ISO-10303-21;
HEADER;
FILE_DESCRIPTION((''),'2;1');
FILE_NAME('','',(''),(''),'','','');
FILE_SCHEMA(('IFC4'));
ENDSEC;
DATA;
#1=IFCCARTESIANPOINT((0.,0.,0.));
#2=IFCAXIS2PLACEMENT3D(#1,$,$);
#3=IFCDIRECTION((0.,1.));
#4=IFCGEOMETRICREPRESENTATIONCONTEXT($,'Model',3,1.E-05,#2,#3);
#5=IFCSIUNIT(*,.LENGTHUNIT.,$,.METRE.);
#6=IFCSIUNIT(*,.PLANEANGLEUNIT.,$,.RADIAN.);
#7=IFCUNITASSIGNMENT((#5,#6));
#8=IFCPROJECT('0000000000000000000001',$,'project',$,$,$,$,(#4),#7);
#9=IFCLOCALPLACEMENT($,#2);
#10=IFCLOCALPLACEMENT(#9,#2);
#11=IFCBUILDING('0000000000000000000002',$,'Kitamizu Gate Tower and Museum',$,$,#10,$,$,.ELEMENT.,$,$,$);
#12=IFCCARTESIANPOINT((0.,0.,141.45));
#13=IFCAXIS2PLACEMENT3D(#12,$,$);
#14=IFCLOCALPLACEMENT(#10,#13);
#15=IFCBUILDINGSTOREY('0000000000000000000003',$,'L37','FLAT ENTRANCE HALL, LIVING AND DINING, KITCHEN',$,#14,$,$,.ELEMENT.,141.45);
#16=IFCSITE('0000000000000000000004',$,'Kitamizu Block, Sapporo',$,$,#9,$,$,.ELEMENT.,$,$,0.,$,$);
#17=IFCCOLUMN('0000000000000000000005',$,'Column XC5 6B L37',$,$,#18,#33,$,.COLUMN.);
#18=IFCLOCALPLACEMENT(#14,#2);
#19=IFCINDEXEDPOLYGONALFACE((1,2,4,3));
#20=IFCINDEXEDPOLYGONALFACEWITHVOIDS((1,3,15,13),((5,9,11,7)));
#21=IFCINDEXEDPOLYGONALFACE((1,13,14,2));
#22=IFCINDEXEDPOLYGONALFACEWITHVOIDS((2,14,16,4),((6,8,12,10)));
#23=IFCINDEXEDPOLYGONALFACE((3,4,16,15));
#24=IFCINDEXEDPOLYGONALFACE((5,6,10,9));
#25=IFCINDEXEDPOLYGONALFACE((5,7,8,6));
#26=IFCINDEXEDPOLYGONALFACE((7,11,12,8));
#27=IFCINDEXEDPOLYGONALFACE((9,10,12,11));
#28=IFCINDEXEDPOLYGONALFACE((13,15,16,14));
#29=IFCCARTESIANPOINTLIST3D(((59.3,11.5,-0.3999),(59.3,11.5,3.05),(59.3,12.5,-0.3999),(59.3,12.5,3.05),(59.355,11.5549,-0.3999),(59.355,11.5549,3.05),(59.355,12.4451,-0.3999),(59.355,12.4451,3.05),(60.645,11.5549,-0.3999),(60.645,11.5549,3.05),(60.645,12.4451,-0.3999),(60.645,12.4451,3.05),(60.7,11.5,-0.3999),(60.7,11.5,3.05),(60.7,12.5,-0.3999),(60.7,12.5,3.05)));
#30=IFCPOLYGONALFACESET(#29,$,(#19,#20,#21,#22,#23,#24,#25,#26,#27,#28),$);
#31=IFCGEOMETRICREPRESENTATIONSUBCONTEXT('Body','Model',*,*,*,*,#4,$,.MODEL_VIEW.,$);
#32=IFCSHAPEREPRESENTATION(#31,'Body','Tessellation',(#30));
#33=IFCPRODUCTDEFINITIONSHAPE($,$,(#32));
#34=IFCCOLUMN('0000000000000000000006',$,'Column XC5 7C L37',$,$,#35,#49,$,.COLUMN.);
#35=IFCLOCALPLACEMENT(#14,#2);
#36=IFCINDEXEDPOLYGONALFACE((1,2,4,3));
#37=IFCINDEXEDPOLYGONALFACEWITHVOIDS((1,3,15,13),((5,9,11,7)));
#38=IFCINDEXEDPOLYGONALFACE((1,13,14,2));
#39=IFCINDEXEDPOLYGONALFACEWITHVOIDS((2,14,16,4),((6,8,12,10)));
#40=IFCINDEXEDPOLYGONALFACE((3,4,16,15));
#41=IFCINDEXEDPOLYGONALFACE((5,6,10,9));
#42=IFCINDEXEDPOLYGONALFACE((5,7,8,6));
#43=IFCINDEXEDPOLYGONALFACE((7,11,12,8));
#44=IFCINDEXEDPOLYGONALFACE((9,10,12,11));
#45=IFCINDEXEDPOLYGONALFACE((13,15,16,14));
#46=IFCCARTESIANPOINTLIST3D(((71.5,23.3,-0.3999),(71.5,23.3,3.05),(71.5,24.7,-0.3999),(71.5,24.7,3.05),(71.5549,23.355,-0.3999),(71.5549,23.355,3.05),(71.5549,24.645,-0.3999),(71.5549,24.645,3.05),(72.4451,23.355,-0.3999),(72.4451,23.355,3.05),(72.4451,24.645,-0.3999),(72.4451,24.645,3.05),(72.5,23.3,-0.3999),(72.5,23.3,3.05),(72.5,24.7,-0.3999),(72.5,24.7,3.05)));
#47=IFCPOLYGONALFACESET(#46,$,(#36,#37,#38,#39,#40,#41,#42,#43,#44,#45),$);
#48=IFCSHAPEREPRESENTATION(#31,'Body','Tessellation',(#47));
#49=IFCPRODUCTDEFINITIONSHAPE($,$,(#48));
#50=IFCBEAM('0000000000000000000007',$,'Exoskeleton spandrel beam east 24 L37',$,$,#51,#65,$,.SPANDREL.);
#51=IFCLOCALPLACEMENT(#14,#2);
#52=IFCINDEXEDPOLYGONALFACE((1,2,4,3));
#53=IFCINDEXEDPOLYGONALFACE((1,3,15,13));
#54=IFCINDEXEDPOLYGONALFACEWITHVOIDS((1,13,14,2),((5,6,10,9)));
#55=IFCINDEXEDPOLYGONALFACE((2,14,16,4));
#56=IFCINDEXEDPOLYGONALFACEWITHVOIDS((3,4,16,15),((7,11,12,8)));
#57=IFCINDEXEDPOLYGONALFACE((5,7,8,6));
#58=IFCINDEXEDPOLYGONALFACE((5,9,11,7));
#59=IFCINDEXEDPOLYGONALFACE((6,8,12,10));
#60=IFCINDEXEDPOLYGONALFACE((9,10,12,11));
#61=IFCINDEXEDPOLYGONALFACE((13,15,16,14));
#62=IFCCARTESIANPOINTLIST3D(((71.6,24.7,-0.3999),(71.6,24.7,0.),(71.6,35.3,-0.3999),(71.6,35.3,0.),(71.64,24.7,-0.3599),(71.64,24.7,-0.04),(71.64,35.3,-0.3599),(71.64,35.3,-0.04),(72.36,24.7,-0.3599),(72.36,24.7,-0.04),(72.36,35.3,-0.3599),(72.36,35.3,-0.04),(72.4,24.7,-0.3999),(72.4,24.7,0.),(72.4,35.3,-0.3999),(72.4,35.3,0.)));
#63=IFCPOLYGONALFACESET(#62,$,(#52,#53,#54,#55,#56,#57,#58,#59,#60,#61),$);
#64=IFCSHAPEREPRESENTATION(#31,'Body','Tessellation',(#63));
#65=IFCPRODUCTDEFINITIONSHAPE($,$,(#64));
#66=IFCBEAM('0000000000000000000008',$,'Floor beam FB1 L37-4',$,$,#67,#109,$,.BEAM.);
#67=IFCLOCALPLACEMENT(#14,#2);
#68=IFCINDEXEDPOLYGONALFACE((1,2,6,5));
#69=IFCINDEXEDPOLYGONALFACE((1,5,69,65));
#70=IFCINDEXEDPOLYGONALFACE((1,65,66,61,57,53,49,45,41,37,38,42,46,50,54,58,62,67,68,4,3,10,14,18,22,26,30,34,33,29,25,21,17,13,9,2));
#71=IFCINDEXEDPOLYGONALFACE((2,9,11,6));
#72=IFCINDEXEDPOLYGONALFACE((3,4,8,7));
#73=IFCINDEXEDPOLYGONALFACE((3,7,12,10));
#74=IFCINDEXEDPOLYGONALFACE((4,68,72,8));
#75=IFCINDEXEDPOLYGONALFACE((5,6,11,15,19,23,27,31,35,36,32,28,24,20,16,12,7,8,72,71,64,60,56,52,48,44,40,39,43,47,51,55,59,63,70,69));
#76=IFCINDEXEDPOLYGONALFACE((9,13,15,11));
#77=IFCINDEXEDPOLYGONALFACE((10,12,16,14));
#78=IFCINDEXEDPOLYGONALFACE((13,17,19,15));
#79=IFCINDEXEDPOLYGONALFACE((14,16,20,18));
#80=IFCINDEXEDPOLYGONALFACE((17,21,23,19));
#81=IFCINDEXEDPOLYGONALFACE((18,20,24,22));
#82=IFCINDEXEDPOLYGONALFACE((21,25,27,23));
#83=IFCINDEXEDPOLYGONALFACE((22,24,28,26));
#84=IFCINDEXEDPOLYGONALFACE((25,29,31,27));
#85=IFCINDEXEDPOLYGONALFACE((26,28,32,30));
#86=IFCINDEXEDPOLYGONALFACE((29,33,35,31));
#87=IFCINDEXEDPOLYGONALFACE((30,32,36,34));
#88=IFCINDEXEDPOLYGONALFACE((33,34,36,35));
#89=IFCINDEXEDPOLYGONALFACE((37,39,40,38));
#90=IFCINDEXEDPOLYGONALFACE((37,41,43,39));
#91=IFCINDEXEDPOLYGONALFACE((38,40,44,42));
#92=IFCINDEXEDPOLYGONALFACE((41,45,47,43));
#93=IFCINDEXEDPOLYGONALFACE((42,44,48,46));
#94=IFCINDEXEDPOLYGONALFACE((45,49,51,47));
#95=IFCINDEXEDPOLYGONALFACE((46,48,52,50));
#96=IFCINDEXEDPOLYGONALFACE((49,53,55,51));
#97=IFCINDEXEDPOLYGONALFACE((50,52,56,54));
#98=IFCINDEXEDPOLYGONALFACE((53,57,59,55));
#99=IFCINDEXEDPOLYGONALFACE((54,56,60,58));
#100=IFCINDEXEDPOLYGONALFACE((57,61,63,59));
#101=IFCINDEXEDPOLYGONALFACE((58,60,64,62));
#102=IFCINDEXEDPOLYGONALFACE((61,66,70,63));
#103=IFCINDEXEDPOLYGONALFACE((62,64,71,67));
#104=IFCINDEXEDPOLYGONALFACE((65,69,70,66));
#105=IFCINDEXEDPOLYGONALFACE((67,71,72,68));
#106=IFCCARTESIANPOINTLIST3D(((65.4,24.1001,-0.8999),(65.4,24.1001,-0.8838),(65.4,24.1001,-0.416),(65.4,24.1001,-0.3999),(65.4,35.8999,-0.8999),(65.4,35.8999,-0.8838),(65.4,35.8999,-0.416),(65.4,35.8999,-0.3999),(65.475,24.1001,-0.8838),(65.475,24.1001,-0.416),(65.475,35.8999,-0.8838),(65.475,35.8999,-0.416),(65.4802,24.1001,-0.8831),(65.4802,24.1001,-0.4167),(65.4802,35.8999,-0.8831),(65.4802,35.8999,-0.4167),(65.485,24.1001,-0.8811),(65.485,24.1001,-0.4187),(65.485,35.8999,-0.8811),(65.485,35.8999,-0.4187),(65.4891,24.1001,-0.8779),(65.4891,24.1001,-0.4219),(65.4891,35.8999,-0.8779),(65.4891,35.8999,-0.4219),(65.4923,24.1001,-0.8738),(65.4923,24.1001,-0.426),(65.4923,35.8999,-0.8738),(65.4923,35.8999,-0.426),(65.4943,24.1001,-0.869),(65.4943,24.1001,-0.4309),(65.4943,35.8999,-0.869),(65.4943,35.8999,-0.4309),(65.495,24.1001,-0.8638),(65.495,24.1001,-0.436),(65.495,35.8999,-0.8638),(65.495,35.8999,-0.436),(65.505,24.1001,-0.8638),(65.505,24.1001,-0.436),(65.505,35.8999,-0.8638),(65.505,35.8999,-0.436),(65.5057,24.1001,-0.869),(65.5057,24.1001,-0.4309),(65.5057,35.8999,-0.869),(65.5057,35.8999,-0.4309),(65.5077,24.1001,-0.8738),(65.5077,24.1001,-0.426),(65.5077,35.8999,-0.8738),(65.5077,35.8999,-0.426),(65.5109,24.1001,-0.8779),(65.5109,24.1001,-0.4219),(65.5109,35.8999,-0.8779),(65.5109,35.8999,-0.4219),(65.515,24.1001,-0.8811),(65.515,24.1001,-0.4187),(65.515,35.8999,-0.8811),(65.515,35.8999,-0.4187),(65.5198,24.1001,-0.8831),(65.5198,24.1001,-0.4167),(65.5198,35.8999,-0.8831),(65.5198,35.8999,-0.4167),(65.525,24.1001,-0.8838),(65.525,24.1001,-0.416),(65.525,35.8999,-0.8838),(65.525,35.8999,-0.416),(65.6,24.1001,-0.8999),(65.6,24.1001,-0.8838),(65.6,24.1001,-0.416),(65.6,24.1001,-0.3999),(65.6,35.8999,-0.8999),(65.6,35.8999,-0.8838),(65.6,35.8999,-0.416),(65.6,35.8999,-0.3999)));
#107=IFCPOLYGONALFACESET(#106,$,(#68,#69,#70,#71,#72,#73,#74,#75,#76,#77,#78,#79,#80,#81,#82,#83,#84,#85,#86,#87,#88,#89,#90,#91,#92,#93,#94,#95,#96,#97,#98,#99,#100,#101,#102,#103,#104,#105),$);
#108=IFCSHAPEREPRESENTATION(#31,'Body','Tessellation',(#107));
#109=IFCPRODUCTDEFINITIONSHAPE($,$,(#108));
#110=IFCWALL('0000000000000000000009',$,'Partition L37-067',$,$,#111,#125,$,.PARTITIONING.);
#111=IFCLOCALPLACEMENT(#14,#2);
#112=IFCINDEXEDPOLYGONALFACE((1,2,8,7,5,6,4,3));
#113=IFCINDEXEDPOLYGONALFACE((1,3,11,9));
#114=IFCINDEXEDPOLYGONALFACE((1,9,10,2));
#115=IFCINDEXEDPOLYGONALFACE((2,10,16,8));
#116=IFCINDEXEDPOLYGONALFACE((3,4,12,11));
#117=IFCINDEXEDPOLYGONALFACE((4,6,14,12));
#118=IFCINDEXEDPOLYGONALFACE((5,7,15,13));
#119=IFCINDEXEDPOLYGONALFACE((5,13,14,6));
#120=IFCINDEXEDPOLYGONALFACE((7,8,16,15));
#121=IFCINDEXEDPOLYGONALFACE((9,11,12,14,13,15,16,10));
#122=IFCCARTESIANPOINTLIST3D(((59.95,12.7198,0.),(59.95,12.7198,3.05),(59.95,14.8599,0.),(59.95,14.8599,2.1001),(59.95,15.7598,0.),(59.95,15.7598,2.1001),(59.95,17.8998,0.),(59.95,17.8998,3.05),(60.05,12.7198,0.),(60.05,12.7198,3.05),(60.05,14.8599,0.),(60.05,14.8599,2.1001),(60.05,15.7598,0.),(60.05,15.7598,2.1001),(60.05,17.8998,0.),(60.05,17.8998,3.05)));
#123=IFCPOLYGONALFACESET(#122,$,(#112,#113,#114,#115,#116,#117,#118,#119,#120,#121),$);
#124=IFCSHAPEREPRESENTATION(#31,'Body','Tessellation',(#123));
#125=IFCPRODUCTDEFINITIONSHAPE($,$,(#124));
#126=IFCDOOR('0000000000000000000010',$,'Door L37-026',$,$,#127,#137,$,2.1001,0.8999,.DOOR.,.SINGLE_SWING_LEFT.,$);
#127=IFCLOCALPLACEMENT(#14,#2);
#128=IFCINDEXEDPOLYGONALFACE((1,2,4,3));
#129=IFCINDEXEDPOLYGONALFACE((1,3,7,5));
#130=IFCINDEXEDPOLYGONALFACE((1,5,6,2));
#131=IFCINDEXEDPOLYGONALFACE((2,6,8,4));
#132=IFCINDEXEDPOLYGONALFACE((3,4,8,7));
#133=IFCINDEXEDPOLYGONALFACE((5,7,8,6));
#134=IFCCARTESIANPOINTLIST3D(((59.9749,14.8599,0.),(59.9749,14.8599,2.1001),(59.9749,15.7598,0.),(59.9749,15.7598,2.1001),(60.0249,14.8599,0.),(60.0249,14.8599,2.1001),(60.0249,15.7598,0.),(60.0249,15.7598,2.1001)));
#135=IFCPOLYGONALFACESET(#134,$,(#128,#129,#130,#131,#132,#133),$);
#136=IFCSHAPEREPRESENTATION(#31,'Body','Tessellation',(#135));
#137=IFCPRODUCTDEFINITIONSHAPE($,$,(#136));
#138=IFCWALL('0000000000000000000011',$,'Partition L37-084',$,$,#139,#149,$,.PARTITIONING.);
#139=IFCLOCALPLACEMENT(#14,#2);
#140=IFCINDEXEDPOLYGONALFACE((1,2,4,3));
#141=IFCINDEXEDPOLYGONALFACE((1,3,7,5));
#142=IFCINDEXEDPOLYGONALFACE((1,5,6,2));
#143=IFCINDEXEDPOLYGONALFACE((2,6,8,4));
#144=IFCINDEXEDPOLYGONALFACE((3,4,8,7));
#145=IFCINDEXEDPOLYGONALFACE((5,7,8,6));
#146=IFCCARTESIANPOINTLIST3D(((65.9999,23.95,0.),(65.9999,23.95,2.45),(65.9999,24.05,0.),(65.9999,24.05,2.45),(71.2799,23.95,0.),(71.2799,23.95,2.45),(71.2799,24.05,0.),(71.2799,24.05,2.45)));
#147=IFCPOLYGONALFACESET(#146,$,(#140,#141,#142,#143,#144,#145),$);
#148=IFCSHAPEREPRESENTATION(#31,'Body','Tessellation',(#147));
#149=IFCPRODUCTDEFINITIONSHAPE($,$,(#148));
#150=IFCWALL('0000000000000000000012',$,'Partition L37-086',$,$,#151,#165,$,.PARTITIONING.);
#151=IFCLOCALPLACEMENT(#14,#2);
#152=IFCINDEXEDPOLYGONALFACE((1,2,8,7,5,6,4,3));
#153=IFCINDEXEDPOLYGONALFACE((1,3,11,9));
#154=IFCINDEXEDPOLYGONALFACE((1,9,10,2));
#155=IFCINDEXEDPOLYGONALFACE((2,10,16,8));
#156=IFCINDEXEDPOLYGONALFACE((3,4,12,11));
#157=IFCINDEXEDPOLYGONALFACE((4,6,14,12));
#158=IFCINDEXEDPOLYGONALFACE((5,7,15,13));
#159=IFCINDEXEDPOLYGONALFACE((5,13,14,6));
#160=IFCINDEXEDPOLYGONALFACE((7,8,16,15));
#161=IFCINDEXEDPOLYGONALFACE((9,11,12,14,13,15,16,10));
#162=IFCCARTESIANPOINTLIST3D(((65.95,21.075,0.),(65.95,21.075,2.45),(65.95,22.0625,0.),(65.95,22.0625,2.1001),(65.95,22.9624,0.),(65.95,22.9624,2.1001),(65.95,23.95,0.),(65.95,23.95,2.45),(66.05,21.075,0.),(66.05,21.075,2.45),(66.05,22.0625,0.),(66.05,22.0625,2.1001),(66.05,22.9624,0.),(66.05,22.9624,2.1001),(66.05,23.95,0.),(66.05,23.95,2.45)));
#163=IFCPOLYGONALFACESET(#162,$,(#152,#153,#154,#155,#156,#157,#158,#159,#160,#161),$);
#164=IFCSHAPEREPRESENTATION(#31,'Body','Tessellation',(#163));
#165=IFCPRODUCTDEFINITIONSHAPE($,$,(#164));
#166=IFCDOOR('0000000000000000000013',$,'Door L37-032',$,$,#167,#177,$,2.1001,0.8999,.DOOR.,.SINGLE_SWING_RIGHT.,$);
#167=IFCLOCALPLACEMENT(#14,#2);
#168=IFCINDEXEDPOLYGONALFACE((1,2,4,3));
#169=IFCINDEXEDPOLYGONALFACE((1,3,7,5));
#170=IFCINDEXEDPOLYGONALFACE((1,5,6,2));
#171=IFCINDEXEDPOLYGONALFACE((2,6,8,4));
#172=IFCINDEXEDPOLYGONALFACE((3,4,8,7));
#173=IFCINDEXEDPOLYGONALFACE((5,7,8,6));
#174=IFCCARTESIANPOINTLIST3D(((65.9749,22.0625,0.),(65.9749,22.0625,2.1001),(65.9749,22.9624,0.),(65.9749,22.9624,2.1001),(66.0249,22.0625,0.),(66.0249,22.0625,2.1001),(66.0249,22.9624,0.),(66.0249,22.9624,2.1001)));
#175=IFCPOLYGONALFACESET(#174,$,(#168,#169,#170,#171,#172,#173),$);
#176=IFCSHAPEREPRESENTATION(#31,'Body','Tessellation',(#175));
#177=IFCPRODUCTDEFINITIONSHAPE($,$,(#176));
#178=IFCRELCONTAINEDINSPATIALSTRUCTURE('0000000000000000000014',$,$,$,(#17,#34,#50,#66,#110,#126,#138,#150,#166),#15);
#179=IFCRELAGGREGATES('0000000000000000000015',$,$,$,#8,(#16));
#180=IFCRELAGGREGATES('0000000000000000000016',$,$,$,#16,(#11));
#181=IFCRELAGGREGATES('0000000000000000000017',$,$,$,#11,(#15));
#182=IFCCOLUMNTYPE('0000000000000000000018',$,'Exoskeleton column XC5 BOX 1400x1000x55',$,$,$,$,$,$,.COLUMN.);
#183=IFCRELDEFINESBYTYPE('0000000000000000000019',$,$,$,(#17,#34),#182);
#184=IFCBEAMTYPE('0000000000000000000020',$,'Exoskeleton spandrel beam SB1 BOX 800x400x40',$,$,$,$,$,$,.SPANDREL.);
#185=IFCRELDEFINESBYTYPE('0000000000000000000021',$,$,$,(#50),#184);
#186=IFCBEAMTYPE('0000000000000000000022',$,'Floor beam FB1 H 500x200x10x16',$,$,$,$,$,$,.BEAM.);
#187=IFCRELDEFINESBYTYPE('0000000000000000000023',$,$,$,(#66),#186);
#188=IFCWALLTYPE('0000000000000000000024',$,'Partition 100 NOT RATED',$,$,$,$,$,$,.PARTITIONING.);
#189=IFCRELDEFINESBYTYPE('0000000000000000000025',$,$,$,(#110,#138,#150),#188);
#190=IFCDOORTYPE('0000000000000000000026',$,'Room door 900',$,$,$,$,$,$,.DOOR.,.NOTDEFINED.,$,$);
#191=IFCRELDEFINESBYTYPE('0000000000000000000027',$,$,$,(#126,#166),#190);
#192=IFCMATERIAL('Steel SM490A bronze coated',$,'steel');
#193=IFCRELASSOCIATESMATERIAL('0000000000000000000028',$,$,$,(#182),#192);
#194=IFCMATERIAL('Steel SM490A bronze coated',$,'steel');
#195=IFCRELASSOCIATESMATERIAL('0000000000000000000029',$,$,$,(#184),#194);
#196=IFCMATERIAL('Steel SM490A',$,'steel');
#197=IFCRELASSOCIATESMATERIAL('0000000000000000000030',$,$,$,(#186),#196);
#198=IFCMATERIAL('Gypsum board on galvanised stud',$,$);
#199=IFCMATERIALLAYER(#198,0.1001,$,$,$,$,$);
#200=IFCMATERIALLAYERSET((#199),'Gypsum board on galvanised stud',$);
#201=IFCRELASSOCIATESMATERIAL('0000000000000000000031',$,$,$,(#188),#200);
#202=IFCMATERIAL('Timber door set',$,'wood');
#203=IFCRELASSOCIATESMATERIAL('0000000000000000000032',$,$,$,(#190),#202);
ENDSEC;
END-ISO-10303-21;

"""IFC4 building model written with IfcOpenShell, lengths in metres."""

from ifc_helpers import new_model, si_unit, direction, frame, frame_2d, origin, origin_2d, place, context, subcontext, project, spatial, rectangle, hollow_rectangle, i_section, extrude, material, layer, layer_set, material_profile, profile_set, type_object, element, fill, save


model = new_model("IFC4")

# Units and contexts
model_context = context("Model", 3, precision=1e-05, world=origin(), true_north=direction((0.0, 1.0)))
body_context = subcontext(model_context, "Body", "Model", "MODEL_VIEW")
ifc_project = project(units=[si_unit("LENGTHUNIT", "METRE"), si_unit("PLANEANGLEUNIT", "RADIAN")], contexts=[model_context])

# Site, building, storey
site_placement = place(None, origin())
site = spatial("IfcSite", under=ifc_project, at=site_placement, Name="Kitamizu Block, Sapporo", CompositionType="ELEMENT", RefElevation=0.0)
building_placement = place(site_placement, origin())
building = spatial("IfcBuilding", under=site, at=building_placement, Name="Kitamizu Gate Tower and Museum", CompositionType="ELEMENT")
storey_placement = place(building_placement, frame((0.0, 0.0, 141.45)))
storey = spatial("IfcBuildingStorey", under=building, at=storey_placement, Name="L37", Description="FLAT ENTRANCE HALL, LIVING AND DINING, KITCHEN", CompositionType="ELEMENT", Elevation=141.45)

# Columns
ifc_material_1 = material(Name="Steel SM490A bronze coated", Category="steel")
ifc_material_profile_1 = material_profile(ifc_material_1, hollow_rectangle(XDim=1.3999, YDim=1.0, WallThickness=0.0549, at=origin_2d()), Name="BOX 1400x1000x55")
ifc_profile_set_1 = profile_set([ifc_material_profile_1], Name="Steel SM490A bronze coated")
column_type = type_object("IfcColumnType", Name="Exoskeleton column XC5 BOX 1400x1000x55", PredefinedType="COLUMN", material=ifc_profile_set_1)
for number, where, z_axis, x_axis, name in (
    (1, (60.0, 12.0, -0.3999), (0.0, 0.0, 1.0), (1.0, 0.0, 0.0), "Column XC5 6B L37"),
    (2, (72.0, 24.0, -0.3999), (0.0, 0.0, 1.0), (0.0, 1.0, 0.0), "Column XC5 7C L37"),
):
    element("IfcColumn", number, at=place(storey_placement, frame(where, z_axis=z_axis, x_axis=x_axis)), inside=storey, type_object=column_type, Name=name, PredefinedType="COLUMN", context=body_context, shape_type="SweptSolid", body=[
        extrude(hollow_rectangle(XDim=1.3999, YDim=1.0, WallThickness=0.0549, at=origin_2d()), origin(), (0.0, 0.0, 1.0), 3.45),
    ])

# Beams
ifc_material_2 = material(Name="Steel SM490A bronze coated", Category="steel")
ifc_material_profile_2 = material_profile(ifc_material_2, hollow_rectangle(XDim=0.8, YDim=0.3999, WallThickness=0.04, at=origin_2d()), Name="BOX 800x400x40")
ifc_profile_set_2 = profile_set([ifc_material_profile_2], Name="Steel SM490A bronze coated")
beam_type_1 = type_object("IfcBeamType", Name="Exoskeleton spandrel beam SB1 BOX 800x400x40", PredefinedType="SPANDREL", material=ifc_profile_set_2)
beam_1_placement = place(storey_placement, frame((72.0, 24.7, -0.2), z_axis=(0.0, 1.0, 0.0), x_axis=(-1.0, 0.0, 0.0)))
element("IfcBeam", 3, at=beam_1_placement, inside=storey, type_object=beam_type_1, Name="Exoskeleton spandrel beam east 24 L37", PredefinedType="SPANDREL", context=body_context, shape_type="SweptSolid", body=[
    extrude(hollow_rectangle(XDim=0.8, YDim=0.3999, WallThickness=0.04, at=origin_2d()), origin(), (0.0, 0.0, 1.0), 10.6001),
])
ifc_material_3 = material(Name="Steel SM490A", Category="steel")
ifc_material_profile_3 = material_profile(ifc_material_3, i_section(OverallWidth=0.2, OverallDepth=0.5, WebThickness=0.01, FlangeThickness=0.0161, FilletRadius=0.02, at=origin_2d()), Name="H-500x200x10x16")
ifc_profile_set_3 = profile_set([ifc_material_profile_3], Name="Steel SM490A")
beam_type_2 = type_object("IfcBeamType", Name="Floor beam FB1 H 500x200x10x16", PredefinedType="BEAM", material=ifc_profile_set_3)
beam_2_placement = place(storey_placement, frame((65.5, 24.1001, -0.6499), z_axis=(0.0, 1.0, 0.0), x_axis=(-1.0, 0.0, 0.0)))
element("IfcBeam", 4, at=beam_2_placement, inside=storey, type_object=beam_type_2, Name="Floor beam FB1 L37-4", PredefinedType="BEAM", context=body_context, shape_type="SweptSolid", body=[
    extrude(i_section(OverallWidth=0.2, OverallDepth=0.5, WebThickness=0.01, FlangeThickness=0.0161, FilletRadius=0.02, at=origin_2d()), origin(), (0.0, 0.0, 1.0), 11.7998),
])

# Wall, opening, door
ifc_material_4 = material(Name="Gypsum board on galvanised stud")
ifc_layer_1 = layer(ifc_material_4, 0.1001)
ifc_layer_set_1 = layer_set([ifc_layer_1], Name="Gypsum board on galvanised stud")
wall_type_1 = type_object("IfcWallType", Name="Partition 100 NOT RATED", PredefinedType="PARTITIONING", material=ifc_layer_set_1)
wall_1_placement = place(storey_placement, frame((60.0, 12.72, 0.0), z_axis=(0.0, 0.0, 1.0), x_axis=(0.0, 1.0, 0.0)))
wall_1 = element("IfcWall", 5, at=wall_1_placement, inside=storey, type_object=wall_type_1, Name="Partition L37-067", PredefinedType="PARTITIONING", context=body_context, shape_type="SweptSolid", body=[
    extrude(rectangle(XDim=5.1799, YDim=0.1001, at=frame_2d((2.5898, 0.0))), origin(), (0.0, 0.0, 1.0), 3.05),
])
opening_1_placement = place(wall_1_placement, frame((2.1399, 0.0, 0.0)))
opening_1 = element("IfcOpeningElement", 6, at=opening_1_placement, cuts=wall_1, PredefinedType="OPENING", context=body_context, shape_type="SweptSolid", body=[
    extrude(rectangle(XDim=0.8999, YDim=2.1001, at=frame_2d((0.45, 1.05))), frame((0.0, 0.0601, 0.0), z_axis=(0.0, -1.0, 0.0), x_axis=(1.0, 0.0, 0.0)), (0.0, 0.0, 1.0), 0.1201),
])
ifc_material_5 = material(Name="Timber door set", Category="wood")
door_type_1 = type_object("IfcDoorType", Name="Room door 900", OperationType="NOTDEFINED", PredefinedType="DOOR", material=ifc_material_5)
door_1_placement = place(opening_1_placement, frame((0.8999, 0.0, 0.0), x_axis=(-1.0, 0.0, 0.0)))
door_1 = element("IfcDoor", 7, at=door_1_placement, inside=storey, type_object=door_type_1, Name="Door L37-026", OperationType="SINGLE_SWING_LEFT", OverallHeight=2.1001, OverallWidth=0.8999, PredefinedType="DOOR", context=body_context, shape_type="SweptSolid", body=[
    extrude(rectangle(XDim=0.8999, YDim=2.1001, at=frame_2d((0.45, 1.05))), frame((0.0, 0.0249, 0.0), z_axis=(0.0, -1.0, 0.0), x_axis=(1.0, 0.0, 0.0)), (0.0, 0.0, 1.0), 0.05),
])
fill(opening_1, door_1)

# Wall
wall_2_placement = place(storey_placement, frame((71.28, 24.0, 0.0), z_axis=(0.0, 0.0, 1.0), x_axis=(-1.0, 0.0, 0.0)))
element("IfcWall", 8, at=wall_2_placement, inside=storey, type_object=wall_type_1, Name="Partition L37-084", PredefinedType="PARTITIONING", context=body_context, shape_type="SweptSolid", body=[
    extrude(rectangle(XDim=5.28, YDim=0.1001, at=frame_2d((2.6401, 0.0))), origin(), (0.0, 0.0, 1.0), 2.45),
])

# Wall, opening, door
wall_3_placement = place(storey_placement, frame((66.0, 23.95, 0.0), z_axis=(0.0, 0.0, 1.0), x_axis=(0.0, -1.0, 0.0)))
wall_3 = element("IfcWall", 9, at=wall_3_placement, inside=storey, type_object=wall_type_1, Name="Partition L37-086", PredefinedType="PARTITIONING", context=body_context, shape_type="SweptSolid", body=[
    extrude(rectangle(XDim=2.875, YDim=0.1001, at=frame_2d((1.4375, 0.0))), origin(), (0.0, 0.0, 1.0), 2.45),
])
opening_2_placement = place(wall_3_placement, frame((0.9875, 0.0, 0.0)))
opening_2 = element("IfcOpeningElement", 10, at=opening_2_placement, cuts=wall_3, PredefinedType="OPENING", context=body_context, shape_type="SweptSolid", body=[
    extrude(rectangle(XDim=0.8999, YDim=2.1001, at=frame_2d((0.45, 1.05))), frame((0.0, 0.0601, 0.0), z_axis=(0.0, -1.0, 0.0), x_axis=(1.0, 0.0, 0.0)), (0.0, 0.0, 1.0), 0.1201),
])
door_2_placement = place(opening_2_placement, origin())
door_2 = element("IfcDoor", 11, at=door_2_placement, inside=storey, type_object=door_type_1, Name="Door L37-032", OperationType="SINGLE_SWING_RIGHT", OverallHeight=2.1001, OverallWidth=0.8999, PredefinedType="DOOR", context=body_context, shape_type="SweptSolid", body=[
    extrude(rectangle(XDim=0.8999, YDim=2.1001, at=frame_2d((0.45, 1.05))), frame((0.0, 0.0249, 0.0), z_axis=(0.0, -1.0, 0.0), x_axis=(1.0, 0.0, 0.0)), (0.0, 0.0, 1.0), 0.05),
])
fill(opening_2, door_2)

save(model, "model.ifc")
